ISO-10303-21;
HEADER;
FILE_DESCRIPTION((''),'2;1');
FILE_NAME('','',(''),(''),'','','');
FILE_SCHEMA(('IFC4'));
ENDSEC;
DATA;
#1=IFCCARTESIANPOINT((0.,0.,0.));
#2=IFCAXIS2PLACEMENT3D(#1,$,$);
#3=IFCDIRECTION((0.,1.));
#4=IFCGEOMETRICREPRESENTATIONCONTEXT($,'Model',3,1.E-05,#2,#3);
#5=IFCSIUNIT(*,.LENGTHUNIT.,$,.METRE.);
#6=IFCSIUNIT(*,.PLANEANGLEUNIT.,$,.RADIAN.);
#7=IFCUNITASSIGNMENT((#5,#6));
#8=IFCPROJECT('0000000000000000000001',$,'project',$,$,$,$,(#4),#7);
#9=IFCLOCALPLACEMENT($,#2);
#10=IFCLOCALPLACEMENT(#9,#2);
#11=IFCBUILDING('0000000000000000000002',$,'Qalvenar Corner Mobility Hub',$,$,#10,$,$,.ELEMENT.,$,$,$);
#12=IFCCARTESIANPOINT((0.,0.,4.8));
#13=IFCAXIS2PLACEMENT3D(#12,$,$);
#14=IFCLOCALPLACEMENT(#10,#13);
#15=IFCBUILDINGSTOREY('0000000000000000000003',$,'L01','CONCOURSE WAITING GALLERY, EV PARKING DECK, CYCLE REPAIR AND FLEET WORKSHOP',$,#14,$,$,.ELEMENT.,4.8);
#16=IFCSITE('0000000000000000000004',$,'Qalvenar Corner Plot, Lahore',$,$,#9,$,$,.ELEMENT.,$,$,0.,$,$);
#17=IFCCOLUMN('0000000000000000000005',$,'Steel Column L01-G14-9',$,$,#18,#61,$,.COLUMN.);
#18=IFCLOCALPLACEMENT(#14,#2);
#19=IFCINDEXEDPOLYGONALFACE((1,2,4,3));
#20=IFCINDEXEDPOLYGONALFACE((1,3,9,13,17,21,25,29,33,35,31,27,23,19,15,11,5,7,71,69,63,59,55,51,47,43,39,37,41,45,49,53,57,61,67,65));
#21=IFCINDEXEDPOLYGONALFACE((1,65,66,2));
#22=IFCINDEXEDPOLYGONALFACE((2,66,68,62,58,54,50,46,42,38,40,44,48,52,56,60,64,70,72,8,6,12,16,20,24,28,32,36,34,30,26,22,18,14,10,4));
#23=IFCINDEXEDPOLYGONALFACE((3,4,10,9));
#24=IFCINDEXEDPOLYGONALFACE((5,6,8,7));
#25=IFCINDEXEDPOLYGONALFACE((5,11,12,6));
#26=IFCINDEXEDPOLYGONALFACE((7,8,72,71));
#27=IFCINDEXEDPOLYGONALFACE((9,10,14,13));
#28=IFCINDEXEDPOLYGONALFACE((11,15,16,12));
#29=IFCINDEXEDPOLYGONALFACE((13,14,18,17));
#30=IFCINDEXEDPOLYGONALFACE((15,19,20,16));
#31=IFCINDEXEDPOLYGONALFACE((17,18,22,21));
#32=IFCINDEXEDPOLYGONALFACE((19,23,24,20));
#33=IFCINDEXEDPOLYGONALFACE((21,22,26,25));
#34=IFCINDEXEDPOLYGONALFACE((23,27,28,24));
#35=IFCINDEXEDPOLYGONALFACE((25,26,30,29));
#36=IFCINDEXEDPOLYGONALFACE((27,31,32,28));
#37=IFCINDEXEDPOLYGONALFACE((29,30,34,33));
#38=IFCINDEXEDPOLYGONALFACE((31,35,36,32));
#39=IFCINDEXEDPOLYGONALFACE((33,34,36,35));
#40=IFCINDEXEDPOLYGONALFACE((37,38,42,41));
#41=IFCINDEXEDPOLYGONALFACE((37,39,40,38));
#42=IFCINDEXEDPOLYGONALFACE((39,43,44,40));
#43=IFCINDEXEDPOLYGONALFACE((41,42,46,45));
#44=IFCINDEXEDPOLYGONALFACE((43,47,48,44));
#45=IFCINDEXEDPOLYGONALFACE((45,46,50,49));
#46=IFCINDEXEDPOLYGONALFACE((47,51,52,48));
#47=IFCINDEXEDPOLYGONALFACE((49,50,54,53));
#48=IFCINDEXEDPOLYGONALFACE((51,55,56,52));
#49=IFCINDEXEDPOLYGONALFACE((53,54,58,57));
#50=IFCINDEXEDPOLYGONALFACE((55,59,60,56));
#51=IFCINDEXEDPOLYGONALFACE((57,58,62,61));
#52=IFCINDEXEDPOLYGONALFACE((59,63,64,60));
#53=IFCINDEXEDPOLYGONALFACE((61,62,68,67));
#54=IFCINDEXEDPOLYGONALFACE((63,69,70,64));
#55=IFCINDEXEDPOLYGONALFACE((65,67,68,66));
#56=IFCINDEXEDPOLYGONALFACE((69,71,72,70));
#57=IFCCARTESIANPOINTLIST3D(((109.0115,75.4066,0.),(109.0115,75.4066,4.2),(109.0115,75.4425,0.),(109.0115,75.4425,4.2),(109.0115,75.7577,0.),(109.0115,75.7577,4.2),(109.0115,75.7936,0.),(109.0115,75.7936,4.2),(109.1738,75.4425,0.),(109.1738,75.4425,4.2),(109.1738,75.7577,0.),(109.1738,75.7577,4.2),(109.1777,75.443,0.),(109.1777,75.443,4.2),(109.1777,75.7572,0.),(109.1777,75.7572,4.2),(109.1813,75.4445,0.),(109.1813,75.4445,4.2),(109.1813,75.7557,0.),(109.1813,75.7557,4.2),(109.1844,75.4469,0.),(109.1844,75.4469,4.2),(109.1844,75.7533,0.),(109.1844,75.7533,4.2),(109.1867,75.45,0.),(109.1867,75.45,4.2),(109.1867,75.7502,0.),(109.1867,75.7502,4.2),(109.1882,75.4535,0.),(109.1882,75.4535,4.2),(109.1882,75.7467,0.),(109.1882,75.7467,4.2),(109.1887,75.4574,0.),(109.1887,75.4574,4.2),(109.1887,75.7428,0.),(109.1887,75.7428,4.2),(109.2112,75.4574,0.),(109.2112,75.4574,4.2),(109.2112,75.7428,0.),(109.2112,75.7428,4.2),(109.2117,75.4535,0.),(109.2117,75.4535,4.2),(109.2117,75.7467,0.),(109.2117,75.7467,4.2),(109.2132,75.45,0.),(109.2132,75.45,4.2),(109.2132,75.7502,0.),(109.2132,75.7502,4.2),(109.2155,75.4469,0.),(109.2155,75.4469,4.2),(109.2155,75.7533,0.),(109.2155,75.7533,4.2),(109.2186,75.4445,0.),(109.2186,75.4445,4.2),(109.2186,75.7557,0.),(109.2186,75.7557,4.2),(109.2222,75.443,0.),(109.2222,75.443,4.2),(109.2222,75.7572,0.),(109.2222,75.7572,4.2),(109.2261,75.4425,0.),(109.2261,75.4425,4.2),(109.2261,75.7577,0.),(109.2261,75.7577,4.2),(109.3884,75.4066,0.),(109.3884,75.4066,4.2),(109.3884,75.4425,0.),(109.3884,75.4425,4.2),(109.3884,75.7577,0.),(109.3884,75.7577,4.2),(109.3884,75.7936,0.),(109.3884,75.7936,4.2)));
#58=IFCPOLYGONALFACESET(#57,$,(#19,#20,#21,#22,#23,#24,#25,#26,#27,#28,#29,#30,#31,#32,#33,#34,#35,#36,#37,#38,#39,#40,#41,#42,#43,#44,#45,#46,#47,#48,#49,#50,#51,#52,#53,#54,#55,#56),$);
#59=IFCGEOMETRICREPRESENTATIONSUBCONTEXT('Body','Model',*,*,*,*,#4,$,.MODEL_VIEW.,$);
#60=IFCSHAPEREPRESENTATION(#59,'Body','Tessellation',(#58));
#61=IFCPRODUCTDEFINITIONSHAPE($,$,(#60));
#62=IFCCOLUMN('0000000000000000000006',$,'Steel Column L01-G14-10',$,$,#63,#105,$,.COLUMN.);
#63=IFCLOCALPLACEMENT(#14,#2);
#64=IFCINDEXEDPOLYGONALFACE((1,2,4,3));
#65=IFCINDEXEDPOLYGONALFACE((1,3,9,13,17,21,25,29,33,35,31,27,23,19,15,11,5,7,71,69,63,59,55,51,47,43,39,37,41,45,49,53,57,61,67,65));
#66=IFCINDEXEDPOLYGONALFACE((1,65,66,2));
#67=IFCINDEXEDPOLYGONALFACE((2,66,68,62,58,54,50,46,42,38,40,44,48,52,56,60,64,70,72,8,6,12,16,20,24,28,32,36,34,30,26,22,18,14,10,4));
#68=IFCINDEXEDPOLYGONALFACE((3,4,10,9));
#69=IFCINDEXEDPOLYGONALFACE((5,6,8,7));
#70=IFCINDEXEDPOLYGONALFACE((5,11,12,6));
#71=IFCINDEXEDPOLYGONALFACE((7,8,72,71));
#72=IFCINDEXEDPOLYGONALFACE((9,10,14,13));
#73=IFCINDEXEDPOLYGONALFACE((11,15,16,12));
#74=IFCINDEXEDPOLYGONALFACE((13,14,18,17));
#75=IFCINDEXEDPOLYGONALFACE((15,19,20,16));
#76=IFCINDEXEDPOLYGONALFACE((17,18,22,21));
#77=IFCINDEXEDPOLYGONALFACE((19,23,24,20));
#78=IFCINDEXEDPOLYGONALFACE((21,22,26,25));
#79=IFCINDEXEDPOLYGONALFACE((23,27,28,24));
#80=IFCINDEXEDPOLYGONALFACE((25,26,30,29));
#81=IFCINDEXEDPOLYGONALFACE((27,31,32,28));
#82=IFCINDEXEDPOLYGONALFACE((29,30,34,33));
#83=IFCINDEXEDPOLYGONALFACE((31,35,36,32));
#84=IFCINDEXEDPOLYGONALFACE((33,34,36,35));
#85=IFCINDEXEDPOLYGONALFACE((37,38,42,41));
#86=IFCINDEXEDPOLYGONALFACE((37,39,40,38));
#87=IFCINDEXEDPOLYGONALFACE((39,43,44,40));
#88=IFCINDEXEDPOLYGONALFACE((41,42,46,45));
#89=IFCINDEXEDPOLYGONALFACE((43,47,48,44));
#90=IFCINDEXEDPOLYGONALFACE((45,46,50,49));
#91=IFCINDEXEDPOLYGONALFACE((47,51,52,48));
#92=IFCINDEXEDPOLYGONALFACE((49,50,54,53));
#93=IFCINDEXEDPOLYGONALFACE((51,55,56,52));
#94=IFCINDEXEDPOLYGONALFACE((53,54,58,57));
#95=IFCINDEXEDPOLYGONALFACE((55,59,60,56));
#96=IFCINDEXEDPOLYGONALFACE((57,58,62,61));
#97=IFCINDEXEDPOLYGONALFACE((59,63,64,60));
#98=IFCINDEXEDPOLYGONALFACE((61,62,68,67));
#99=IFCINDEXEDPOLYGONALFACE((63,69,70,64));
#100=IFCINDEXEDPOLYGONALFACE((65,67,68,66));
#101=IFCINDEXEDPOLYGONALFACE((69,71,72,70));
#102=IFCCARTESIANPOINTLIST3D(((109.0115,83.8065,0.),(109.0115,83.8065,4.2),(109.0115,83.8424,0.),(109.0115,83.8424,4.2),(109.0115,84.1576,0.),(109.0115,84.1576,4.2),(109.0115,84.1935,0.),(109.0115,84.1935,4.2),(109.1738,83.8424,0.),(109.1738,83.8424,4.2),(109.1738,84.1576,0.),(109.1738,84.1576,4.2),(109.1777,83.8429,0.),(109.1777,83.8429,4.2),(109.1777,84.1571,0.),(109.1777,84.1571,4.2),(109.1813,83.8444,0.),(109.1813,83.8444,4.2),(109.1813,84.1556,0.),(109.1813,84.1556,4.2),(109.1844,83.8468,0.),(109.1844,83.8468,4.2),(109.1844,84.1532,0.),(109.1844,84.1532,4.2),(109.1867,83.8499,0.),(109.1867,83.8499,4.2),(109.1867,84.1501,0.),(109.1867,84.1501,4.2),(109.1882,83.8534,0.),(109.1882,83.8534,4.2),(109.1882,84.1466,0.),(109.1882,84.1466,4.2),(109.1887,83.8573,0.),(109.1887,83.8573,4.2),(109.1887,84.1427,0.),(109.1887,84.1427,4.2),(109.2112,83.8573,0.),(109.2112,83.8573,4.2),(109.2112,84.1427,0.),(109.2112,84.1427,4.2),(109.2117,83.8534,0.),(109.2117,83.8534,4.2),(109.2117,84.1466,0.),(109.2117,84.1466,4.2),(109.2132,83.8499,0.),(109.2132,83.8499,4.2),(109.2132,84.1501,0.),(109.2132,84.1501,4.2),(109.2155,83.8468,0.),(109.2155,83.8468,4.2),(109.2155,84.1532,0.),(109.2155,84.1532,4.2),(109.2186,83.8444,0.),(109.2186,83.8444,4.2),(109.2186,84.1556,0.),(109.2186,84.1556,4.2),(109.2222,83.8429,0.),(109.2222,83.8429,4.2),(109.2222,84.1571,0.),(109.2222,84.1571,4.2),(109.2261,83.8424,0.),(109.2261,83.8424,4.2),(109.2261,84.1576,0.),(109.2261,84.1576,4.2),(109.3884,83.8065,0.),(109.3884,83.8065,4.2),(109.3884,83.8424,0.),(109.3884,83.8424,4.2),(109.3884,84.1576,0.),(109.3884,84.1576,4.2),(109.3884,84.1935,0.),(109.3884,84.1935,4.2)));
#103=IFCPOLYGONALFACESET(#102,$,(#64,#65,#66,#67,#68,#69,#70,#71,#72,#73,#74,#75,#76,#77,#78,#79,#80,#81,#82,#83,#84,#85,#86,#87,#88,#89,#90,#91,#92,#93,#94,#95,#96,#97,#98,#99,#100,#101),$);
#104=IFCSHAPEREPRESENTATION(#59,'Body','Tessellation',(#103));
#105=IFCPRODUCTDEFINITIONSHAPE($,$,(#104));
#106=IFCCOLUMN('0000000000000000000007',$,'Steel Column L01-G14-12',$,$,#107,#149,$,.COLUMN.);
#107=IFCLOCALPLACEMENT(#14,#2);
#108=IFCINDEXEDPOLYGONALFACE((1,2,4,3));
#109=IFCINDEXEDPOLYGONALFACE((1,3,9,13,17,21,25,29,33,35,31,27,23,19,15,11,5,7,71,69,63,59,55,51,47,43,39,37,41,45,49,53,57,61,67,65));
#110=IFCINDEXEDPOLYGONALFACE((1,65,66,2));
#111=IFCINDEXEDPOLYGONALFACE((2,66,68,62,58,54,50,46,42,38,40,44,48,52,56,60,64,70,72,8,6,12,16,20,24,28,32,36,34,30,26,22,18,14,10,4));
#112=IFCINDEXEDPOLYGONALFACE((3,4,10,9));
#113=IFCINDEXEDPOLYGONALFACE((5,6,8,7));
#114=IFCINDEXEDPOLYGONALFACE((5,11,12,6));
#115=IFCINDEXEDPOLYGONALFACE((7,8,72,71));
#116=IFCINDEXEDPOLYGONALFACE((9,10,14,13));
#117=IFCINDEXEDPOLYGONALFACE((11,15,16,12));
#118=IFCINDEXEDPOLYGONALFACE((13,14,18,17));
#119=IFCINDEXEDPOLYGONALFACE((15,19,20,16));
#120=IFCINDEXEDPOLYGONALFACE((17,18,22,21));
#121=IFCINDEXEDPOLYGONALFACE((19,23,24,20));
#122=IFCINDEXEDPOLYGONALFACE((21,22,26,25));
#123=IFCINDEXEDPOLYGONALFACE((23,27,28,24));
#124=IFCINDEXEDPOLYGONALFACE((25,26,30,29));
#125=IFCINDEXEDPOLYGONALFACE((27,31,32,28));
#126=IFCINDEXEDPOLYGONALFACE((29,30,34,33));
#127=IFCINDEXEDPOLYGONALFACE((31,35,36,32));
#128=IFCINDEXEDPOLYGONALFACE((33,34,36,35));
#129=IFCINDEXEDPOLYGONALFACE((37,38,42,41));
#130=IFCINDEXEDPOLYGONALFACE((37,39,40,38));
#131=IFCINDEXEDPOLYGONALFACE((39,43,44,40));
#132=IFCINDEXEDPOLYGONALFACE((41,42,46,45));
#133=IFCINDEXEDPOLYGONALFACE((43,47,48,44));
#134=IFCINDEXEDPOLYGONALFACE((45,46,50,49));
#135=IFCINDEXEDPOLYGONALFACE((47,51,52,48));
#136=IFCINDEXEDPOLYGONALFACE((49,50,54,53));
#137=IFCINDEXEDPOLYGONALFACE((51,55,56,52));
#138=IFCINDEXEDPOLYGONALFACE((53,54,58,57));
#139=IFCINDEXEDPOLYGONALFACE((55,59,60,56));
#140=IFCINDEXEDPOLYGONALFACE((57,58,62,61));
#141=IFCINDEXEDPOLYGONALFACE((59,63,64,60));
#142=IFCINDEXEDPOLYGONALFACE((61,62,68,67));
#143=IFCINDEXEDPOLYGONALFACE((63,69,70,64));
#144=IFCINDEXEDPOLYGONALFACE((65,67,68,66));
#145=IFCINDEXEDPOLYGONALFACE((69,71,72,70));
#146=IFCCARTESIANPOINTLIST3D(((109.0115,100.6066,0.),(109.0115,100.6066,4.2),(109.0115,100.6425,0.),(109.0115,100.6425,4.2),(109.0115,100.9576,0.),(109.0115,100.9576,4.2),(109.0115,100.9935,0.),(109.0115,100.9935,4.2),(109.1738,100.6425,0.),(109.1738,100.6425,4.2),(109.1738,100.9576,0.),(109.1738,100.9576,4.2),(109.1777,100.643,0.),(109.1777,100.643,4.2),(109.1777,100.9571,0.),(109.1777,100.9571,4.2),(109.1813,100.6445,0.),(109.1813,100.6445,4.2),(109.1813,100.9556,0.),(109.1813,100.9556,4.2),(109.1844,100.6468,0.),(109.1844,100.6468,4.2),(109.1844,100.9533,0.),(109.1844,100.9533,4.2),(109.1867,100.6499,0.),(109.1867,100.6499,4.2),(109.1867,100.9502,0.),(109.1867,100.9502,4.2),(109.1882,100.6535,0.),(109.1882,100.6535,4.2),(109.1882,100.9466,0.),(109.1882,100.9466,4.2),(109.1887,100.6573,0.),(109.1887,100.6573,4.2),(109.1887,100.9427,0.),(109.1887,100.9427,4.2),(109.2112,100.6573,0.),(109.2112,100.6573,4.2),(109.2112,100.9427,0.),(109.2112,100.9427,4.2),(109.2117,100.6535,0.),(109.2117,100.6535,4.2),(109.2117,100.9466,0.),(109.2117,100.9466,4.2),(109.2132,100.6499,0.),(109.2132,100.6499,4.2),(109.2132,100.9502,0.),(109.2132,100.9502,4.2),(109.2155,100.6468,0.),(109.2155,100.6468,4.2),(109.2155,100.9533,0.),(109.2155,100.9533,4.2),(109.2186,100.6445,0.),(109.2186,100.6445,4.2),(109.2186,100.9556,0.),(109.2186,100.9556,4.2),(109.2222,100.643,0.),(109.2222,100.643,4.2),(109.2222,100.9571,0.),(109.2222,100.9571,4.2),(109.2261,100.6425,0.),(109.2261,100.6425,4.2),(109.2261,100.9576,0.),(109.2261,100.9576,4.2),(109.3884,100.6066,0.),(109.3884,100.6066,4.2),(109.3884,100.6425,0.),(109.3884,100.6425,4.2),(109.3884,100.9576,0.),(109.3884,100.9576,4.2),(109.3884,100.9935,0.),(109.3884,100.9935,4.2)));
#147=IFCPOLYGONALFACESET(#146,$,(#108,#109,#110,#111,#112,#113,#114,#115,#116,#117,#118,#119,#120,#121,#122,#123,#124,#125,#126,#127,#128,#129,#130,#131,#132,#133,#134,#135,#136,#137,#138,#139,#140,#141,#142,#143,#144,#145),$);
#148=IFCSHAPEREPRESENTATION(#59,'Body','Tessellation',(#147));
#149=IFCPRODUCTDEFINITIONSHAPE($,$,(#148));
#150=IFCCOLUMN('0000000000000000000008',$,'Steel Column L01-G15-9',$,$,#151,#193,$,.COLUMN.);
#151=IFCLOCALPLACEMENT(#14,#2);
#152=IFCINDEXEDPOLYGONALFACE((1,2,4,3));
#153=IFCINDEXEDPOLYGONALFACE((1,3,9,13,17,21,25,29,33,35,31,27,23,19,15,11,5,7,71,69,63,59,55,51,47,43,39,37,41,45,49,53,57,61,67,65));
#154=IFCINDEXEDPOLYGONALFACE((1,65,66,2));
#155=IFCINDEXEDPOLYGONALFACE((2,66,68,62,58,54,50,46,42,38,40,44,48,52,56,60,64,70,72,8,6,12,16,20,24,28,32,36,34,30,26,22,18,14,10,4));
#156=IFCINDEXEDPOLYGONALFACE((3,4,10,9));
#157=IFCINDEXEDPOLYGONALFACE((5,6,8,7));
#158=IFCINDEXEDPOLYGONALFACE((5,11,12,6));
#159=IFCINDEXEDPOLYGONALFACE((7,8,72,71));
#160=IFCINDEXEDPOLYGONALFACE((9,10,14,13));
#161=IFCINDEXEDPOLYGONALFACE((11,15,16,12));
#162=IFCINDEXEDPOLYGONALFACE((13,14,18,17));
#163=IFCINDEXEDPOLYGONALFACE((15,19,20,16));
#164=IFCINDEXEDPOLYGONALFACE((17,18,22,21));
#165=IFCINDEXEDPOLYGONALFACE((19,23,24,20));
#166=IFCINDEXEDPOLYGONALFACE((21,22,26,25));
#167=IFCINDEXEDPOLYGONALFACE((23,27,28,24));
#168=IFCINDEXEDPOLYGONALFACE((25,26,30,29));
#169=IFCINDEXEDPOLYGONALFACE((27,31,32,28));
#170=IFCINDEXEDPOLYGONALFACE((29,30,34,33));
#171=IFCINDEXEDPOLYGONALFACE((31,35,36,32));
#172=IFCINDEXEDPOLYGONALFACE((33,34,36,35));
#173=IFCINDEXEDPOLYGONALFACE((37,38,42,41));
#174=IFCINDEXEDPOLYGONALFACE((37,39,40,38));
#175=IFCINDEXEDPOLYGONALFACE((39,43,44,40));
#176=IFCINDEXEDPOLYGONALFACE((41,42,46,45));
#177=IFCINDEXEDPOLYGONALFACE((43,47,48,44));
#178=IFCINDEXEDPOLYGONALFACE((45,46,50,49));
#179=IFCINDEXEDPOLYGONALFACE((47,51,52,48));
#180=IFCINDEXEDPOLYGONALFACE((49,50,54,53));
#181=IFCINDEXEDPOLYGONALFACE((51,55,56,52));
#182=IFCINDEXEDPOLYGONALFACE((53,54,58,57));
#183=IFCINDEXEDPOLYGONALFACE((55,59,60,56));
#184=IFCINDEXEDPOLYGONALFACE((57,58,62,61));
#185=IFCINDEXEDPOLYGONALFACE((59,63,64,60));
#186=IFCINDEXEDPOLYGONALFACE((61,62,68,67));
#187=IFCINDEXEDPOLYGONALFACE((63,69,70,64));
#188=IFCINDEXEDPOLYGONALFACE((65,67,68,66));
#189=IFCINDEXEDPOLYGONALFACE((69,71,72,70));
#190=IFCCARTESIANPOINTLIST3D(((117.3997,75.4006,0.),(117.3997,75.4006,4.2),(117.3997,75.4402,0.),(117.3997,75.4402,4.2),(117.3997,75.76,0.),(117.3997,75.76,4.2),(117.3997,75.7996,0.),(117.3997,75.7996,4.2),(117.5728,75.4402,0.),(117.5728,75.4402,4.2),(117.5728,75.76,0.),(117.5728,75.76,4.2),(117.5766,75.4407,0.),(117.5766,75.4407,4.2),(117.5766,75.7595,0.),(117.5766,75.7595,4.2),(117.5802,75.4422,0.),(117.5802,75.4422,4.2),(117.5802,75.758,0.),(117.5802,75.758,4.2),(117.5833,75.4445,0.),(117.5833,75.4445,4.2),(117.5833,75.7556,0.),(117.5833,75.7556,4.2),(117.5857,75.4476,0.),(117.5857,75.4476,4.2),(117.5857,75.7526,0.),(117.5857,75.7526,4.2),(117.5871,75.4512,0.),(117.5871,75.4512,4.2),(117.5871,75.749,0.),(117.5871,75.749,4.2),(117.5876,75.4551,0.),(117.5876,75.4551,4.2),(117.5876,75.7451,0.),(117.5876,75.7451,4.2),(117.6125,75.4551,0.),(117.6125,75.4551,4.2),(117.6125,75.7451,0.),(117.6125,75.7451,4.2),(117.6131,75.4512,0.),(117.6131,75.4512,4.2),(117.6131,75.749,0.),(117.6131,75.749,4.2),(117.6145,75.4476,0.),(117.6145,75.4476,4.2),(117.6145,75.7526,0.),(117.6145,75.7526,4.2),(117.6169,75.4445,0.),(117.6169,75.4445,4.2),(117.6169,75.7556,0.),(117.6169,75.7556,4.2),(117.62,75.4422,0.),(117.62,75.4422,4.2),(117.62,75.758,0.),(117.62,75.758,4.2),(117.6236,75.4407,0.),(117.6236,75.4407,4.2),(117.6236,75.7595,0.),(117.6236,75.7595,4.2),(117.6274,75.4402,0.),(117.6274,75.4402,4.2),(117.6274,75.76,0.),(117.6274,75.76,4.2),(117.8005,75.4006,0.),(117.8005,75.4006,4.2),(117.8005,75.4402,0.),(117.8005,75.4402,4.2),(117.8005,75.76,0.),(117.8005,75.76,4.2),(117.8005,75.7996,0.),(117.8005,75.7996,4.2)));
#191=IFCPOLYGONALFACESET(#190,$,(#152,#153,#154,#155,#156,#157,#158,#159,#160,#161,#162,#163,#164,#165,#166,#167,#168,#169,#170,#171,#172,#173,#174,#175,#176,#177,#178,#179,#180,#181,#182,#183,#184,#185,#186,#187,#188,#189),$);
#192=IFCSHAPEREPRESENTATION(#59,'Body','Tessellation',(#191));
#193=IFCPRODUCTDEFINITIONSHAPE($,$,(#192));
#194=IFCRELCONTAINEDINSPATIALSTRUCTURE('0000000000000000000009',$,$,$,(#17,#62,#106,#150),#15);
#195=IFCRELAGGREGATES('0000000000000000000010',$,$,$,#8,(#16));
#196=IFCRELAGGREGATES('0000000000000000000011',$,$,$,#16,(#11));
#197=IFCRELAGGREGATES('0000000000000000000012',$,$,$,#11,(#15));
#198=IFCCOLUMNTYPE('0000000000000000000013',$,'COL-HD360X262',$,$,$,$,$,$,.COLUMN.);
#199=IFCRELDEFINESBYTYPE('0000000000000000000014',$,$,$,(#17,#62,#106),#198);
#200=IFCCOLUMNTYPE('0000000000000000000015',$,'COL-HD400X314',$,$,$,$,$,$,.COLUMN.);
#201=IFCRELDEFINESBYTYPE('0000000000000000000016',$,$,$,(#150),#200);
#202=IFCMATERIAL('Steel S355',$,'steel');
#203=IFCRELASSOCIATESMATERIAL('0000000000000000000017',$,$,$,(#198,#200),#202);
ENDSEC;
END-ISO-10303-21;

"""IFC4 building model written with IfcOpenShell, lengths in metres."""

from ifc_helpers import new_model, si_unit, direction, frame, origin, origin_2d, place, context, subcontext, project, spatial, i_section, extrude, material, material_profile, profile_set, type_object, element, save


model = new_model("IFC4")

# Units and contexts
model_context = context("Model", 3, precision=1e-05, world=origin(), true_north=direction((0.0, 1.0)))
body_context = subcontext(model_context, "Body", "Model", "MODEL_VIEW")
ifc_project = project(units=[si_unit("LENGTHUNIT", "METRE"), si_unit("PLANEANGLEUNIT", "RADIAN")], contexts=[model_context])

# Site, building, storey
site_placement = place(None, origin())
site = spatial("IfcSite", under=ifc_project, at=site_placement, Name="Qalvenar Corner Plot, Lahore", CompositionType="ELEMENT", RefElevation=0.0)
building_placement = place(site_placement, origin())
building = spatial("IfcBuilding", under=site, at=building_placement, Name="Qalvenar Corner Mobility Hub", CompositionType="ELEMENT")
storey_placement = place(building_placement, frame((0.0, 0.0, 4.8)))
storey = spatial("IfcBuildingStorey", under=building, at=storey_placement, Name="L01", Description="CONCOURSE WAITING GALLERY, EV PARKING DECK, CYCLE REPAIR AND FLEET WORKSHOP", CompositionType="ELEMENT", Elevation=4.8)

# Columns
ifc_material = material(Name="Steel S355", Category="steel")
ifc_material_profile_1 = material_profile(ifc_material, i_section(OverallWidth=0.377, OverallDepth=0.387, WebThickness=0.0225, FlangeThickness=0.0359, FilletRadius=0.0149, at=origin_2d()), Name="HD360x262")
ifc_profile_set_1 = profile_set([ifc_material_profile_1], Name="Steel S355")
column_type_1 = type_object("IfcColumnType", Name="COL-HD360X262", PredefinedType="COLUMN", material=ifc_profile_set_1)
for number, where, z_axis, x_axis, name in (
    (1, (109.2, 75.6001, 0.0), (0.0, 0.0, 1.0), (1.0, 0.0, 0.0), "Steel Column L01-G14-9"),
    (2, (109.2, 84.0, 0.0), (0.0, 0.0, 1.0), (1.0, 0.0, 0.0), "Steel Column L01-G14-10"),
    (3, (109.2, 100.8, 0.0), (0.0, 0.0, 1.0), (1.0, 0.0, 0.0), "Steel Column L01-G14-12"),
):
    element("IfcColumn", number, at=place(storey_placement, frame(where, z_axis=z_axis, x_axis=x_axis)), inside=storey, type_object=column_type_1, Name=name, PredefinedType="COLUMN", context=body_context, shape_type="SweptSolid", body=[
        extrude(i_section(OverallWidth=0.377, OverallDepth=0.387, WebThickness=0.0225, FlangeThickness=0.0359, FilletRadius=0.0149, at=origin_2d()), origin(), (0.0, 0.0, 1.0), 4.2),
    ])
ifc_material_profile_2 = material_profile(ifc_material, i_section(OverallWidth=0.4009, OverallDepth=0.3989, WebThickness=0.0249, FlangeThickness=0.0396, FilletRadius=0.0149, at=origin_2d()), Name="HD400x314")
ifc_profile_set_2 = profile_set([ifc_material_profile_2], Name="Steel S355")
column_type_2 = type_object("IfcColumnType", Name="COL-HD400X314", PredefinedType="COLUMN", material=ifc_profile_set_2)
for number, where, z_axis, x_axis, name in (
    (4, (117.6001, 75.6001, 0.0), (0.0, 0.0, 1.0), (1.0, 0.0, 0.0), "Steel Column L01-G15-9"),
):
    element("IfcColumn", number, at=place(storey_placement, frame(where, z_axis=z_axis, x_axis=x_axis)), inside=storey, type_object=column_type_2, Name=name, PredefinedType="COLUMN", context=body_context, shape_type="SweptSolid", body=[
        extrude(i_section(OverallWidth=0.4009, OverallDepth=0.3989, WebThickness=0.0249, FlangeThickness=0.0396, FilletRadius=0.0149, at=origin_2d()), origin(), (0.0, 0.0, 1.0), 4.2),
    ])

save(model, "model.ifc")
